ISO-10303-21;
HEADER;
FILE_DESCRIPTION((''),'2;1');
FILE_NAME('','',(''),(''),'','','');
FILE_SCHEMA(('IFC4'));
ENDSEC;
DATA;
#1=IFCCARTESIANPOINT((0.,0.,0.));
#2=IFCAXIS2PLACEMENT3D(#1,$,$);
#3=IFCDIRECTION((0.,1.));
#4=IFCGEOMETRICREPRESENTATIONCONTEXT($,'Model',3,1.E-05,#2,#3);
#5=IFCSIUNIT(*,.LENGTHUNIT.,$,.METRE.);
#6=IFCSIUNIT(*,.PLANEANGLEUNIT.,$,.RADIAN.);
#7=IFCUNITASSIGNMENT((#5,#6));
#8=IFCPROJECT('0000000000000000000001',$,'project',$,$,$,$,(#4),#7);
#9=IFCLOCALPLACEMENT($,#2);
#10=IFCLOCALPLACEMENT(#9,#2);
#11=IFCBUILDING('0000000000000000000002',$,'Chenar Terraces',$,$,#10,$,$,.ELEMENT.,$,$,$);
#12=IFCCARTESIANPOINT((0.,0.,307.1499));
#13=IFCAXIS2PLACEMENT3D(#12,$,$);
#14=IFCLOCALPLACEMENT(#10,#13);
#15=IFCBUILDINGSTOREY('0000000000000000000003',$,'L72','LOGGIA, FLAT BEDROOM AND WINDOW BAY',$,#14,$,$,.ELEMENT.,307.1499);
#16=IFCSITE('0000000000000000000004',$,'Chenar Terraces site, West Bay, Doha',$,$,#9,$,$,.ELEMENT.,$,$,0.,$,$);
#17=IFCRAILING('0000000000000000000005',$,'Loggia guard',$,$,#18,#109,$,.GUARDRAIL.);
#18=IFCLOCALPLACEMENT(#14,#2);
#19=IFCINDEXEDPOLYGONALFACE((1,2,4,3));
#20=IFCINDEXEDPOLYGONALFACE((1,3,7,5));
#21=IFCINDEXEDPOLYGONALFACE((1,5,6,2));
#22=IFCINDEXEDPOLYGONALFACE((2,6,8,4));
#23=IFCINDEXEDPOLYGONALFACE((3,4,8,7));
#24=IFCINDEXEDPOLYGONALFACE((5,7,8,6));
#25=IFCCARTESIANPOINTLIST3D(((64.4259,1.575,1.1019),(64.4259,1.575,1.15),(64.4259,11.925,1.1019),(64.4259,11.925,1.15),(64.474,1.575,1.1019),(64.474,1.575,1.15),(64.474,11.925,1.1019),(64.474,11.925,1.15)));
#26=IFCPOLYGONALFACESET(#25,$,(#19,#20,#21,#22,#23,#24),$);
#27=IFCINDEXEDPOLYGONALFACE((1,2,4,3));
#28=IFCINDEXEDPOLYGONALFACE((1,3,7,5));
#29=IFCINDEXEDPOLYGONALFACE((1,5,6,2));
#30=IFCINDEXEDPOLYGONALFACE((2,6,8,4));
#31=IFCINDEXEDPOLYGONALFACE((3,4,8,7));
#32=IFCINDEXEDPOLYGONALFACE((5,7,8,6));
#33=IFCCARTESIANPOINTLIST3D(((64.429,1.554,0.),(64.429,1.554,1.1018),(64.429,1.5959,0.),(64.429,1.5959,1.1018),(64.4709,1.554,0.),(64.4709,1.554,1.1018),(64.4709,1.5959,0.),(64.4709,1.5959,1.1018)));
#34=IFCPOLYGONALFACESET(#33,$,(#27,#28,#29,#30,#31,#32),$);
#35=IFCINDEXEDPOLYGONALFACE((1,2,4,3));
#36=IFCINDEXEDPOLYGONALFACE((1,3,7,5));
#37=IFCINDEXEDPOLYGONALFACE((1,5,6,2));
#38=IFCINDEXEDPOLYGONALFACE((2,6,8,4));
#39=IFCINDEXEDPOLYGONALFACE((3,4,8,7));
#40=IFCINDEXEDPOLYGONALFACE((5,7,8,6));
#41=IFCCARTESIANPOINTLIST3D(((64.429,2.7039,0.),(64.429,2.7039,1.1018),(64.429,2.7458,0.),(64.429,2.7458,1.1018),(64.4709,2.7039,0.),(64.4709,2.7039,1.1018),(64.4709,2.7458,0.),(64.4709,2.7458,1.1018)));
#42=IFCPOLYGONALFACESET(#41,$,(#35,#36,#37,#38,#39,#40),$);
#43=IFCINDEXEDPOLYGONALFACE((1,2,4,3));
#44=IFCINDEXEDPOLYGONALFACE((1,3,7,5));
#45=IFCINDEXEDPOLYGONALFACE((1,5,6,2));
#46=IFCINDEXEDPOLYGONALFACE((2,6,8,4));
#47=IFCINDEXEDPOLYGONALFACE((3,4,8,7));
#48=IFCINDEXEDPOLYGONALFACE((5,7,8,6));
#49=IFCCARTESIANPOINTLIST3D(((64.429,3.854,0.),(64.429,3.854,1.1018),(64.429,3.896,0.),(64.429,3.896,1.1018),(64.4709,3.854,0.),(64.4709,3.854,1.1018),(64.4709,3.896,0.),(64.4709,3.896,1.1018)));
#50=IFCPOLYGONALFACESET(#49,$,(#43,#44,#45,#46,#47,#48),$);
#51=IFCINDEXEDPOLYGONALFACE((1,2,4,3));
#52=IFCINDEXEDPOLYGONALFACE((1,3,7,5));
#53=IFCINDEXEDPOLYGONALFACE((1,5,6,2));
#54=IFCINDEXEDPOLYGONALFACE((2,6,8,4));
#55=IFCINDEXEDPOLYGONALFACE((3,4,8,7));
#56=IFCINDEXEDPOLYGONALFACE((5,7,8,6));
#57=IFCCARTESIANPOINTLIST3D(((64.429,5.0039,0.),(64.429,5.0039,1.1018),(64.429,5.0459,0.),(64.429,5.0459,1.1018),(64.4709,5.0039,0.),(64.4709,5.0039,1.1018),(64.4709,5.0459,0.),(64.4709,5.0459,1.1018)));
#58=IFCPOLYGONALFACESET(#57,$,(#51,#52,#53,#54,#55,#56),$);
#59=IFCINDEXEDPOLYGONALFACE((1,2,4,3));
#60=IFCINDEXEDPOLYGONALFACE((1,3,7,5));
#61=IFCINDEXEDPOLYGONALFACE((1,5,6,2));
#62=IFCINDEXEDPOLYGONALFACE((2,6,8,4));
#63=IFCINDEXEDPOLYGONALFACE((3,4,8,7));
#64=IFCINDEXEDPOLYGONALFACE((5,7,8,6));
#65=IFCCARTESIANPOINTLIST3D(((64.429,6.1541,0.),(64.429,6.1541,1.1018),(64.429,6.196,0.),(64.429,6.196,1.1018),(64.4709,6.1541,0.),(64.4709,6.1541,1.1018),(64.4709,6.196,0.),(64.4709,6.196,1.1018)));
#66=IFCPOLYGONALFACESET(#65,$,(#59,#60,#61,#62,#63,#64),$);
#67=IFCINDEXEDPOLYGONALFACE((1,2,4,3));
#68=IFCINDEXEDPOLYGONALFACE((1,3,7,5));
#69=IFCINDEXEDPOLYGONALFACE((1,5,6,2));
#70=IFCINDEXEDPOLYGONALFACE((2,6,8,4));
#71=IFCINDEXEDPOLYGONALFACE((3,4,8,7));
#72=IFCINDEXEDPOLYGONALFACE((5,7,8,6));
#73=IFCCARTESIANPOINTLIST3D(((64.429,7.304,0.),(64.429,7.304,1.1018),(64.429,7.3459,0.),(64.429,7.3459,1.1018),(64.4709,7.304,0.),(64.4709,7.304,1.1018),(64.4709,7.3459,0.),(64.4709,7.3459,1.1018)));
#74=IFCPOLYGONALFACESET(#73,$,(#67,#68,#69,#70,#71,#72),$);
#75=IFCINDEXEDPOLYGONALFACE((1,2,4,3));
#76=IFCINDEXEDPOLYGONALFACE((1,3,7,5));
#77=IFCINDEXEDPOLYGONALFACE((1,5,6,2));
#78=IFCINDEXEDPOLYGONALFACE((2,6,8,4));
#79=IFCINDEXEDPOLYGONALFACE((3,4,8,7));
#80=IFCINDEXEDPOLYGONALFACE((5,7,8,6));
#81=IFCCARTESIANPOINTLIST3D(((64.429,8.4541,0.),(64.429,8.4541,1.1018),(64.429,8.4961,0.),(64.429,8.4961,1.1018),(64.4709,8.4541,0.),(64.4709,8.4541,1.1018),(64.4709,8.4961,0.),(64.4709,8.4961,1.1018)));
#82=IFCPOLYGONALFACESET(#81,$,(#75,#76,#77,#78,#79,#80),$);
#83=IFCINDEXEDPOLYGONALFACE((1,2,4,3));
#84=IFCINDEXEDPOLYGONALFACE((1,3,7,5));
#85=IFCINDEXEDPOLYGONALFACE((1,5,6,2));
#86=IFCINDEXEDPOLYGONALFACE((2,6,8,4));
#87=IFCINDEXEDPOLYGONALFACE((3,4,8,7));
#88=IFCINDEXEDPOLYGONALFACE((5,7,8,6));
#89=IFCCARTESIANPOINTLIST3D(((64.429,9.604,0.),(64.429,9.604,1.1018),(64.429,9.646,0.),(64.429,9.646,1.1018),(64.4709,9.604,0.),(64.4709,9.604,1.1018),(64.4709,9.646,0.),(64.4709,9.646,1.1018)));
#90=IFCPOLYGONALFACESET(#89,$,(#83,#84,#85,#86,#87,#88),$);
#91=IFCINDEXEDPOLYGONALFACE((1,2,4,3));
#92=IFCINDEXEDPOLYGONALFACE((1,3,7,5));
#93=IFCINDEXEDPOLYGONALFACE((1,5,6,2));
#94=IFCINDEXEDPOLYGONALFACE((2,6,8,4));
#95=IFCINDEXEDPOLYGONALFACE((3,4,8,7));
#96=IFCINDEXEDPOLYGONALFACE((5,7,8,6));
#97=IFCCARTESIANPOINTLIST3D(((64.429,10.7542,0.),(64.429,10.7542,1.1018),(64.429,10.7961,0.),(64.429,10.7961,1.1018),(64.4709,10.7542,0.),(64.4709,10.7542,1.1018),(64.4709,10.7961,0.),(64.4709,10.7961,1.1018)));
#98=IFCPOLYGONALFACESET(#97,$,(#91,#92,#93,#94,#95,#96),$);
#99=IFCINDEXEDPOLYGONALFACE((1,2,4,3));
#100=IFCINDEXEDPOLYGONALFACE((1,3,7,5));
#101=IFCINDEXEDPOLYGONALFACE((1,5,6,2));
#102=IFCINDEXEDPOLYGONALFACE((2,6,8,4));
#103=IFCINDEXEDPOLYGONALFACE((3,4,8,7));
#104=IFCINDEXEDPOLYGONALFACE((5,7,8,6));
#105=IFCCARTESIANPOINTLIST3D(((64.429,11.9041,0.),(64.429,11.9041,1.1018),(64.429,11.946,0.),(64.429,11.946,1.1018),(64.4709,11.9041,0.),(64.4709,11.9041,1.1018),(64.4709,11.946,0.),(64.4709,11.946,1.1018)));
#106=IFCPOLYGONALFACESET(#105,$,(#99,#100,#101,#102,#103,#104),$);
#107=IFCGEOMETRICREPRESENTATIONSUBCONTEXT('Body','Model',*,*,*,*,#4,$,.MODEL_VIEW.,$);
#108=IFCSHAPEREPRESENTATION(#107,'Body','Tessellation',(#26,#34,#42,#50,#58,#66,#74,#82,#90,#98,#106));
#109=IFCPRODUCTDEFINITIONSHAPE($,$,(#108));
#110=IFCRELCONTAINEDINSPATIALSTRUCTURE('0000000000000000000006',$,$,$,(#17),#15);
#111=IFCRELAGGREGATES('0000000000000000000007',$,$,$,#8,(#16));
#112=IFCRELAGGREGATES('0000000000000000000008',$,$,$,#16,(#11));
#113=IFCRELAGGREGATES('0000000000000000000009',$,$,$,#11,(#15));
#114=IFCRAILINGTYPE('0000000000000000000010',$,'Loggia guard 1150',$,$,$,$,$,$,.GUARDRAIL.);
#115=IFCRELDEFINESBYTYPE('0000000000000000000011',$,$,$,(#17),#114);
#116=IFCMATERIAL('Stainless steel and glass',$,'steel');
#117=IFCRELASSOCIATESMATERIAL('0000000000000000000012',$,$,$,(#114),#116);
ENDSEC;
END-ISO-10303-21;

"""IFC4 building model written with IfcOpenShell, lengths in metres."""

from ifc_helpers import new_model, si_unit, direction, frame, origin, origin_2d, place, context, subcontext, project, spatial, rectangle, extrude, material, type_object, element, save


model = new_model("IFC4")

# Units and contexts
model_context = context("Model", 3, precision=1e-05, world=origin(), true_north=direction((0.0, 1.0)))
body_context = subcontext(model_context, "Body", "Model", "MODEL_VIEW")
ifc_project = project(units=[si_unit("LENGTHUNIT", "METRE"), si_unit("PLANEANGLEUNIT", "RADIAN")], contexts=[model_context])

# Site, building, storey
site_placement = place(None, origin())
site = spatial("IfcSite", under=ifc_project, at=site_placement, Name="Chenar Terraces site, West Bay, Doha", CompositionType="ELEMENT", RefElevation=0.0)
building_placement = place(site_placement, origin())
building = spatial("IfcBuilding", under=site, at=building_placement, Name="Chenar Terraces", CompositionType="ELEMENT")
storey_placement = place(building_placement, frame((0.0, 0.0, 307.1499)))
storey = spatial("IfcBuildingStorey", under=building, at=storey_placement, Name="L72", Description="LOGGIA, FLAT BEDROOM AND WINDOW BAY", CompositionType="ELEMENT", Elevation=307.1499)

# Railing
ifc_material_1 = material(Name="Stainless steel and glass", Category="steel")
railing_type = type_object("IfcRailingType", Name="Loggia guard 1150", PredefinedType="GUARDRAIL", material=ifc_material_1)
railing_placement = place(storey_placement, frame((64.45, 1.575, 0.0)))
element("IfcRailing", 1, at=railing_placement, inside=storey, type_object=railing_type, Name="Loggia guard", PredefinedType="GUARDRAIL", context=body_context, shape_type="SweptSolid", body=[
    extrude(rectangle(XDim=0.0481, YDim=0.0481, at=origin_2d()), frame((0.0, 0.0, 1.126), z_axis=(0.0, 1.0, 0.0), x_axis=(-1.0, 0.0, 0.0)), (0.0, 0.0, 1.0), 10.3501),
    extrude(rectangle(XDim=0.042, YDim=0.042, at=origin_2d()), origin(), (0.0, 0.0, 1.0), 1.1018),
    extrude(rectangle(XDim=0.042, YDim=0.042, at=origin_2d()), frame((0.0, 1.1499, 0.0)), (0.0, 0.0, 1.0), 1.1018),
    extrude(rectangle(XDim=0.042, YDim=0.042, at=origin_2d()), frame((0.0, 2.3, 0.0)), (0.0, 0.0, 1.0), 1.1018),
    extrude(rectangle(XDim=0.042, YDim=0.042, at=origin_2d()), frame((0.0, 3.45, 0.0)), (0.0, 0.0, 1.0), 1.1018),
    extrude(rectangle(XDim=0.042, YDim=0.042, at=origin_2d()), frame((0.0, 4.6001, 0.0)), (0.0, 0.0, 1.0), 1.1018),
    extrude(rectangle(XDim=0.042, YDim=0.042, at=origin_2d()), frame((0.0, 5.75, 0.0)), (0.0, 0.0, 1.0), 1.1018),
    extrude(rectangle(XDim=0.042, YDim=0.042, at=origin_2d()), frame((0.0, 6.9001, 0.0)), (0.0, 0.0, 1.0), 1.1018),
    extrude(rectangle(XDim=0.042, YDim=0.042, at=origin_2d()), frame((0.0, 8.05, 0.0)), (0.0, 0.0, 1.0), 1.1018),
    extrude(rectangle(XDim=0.042, YDim=0.042, at=origin_2d()), frame((0.0, 9.2002, 0.0)), (0.0, 0.0, 1.0), 1.1018),
    extrude(rectangle(XDim=0.042, YDim=0.042, at=origin_2d()), frame((0.0, 10.3501, 0.0)), (0.0, 0.0, 1.0), 1.1018),
])

save(model, "model.ifc")
